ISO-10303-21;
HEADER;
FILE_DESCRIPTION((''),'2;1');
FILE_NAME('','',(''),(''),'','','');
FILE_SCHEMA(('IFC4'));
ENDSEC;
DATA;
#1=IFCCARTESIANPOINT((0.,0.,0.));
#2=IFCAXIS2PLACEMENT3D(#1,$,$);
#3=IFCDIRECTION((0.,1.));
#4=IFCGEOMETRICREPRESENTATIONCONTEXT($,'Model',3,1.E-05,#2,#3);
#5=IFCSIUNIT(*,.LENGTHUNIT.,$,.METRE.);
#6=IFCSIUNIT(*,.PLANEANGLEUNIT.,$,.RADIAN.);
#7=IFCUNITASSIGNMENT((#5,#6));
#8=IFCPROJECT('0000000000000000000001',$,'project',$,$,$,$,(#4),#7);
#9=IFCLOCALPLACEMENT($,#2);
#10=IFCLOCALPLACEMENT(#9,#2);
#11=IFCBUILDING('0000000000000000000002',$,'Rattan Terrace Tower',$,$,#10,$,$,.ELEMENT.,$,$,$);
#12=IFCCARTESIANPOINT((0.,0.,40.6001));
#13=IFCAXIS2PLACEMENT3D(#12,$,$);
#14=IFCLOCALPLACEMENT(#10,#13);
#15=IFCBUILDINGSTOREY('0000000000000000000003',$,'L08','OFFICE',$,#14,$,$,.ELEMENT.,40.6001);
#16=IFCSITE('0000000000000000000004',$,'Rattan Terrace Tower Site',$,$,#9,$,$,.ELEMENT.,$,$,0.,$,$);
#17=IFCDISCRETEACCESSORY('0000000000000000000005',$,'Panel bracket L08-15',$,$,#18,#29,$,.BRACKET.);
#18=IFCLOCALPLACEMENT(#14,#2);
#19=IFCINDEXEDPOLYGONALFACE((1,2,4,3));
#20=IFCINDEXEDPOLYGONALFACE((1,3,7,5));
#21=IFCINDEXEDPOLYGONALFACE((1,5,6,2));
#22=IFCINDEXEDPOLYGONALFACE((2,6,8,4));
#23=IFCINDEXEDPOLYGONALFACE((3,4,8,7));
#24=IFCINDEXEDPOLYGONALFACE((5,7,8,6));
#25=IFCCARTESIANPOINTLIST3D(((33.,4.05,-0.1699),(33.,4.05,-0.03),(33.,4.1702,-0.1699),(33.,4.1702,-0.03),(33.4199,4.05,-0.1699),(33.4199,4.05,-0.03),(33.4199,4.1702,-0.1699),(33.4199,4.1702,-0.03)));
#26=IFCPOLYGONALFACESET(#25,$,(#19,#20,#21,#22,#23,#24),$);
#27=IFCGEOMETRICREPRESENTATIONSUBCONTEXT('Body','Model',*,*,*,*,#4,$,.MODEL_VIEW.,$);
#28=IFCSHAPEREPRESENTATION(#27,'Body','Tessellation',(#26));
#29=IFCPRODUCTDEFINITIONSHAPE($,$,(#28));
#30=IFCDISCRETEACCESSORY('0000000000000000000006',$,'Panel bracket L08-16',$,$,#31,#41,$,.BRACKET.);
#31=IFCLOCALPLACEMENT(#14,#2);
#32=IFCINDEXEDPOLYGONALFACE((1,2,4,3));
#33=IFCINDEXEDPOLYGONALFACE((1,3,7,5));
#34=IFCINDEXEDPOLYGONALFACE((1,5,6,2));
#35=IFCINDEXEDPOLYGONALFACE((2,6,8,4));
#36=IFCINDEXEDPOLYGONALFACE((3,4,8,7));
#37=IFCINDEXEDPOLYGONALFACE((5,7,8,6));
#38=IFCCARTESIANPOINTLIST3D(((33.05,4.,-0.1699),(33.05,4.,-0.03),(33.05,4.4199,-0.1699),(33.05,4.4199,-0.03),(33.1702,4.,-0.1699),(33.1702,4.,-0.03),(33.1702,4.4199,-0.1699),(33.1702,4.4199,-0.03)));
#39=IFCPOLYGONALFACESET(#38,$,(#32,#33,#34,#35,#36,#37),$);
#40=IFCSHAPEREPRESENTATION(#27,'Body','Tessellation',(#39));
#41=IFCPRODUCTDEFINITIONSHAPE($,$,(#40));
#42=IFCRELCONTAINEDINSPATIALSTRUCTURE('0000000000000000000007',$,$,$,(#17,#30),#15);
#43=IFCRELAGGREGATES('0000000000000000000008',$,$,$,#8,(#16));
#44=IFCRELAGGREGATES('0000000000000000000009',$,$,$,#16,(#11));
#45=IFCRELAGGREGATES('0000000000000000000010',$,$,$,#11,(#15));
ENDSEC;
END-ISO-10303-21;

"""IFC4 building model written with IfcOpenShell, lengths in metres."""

from ifc_helpers import new_model, si_unit, direction, frame, origin, origin_2d, place, context, subcontext, project, spatial, rectangle, extrude, element, save


model = new_model("IFC4")

# Units and contexts
model_context = context("Model", 3, precision=1e-05, world=origin(), true_north=direction((0.0, 1.0)))
body_context = subcontext(model_context, "Body", "Model", "MODEL_VIEW")
ifc_project = project(units=[si_unit("LENGTHUNIT", "METRE"), si_unit("PLANEANGLEUNIT", "RADIAN")], contexts=[model_context])

# Site, building, storey
site_placement = place(None, origin())
site = spatial("IfcSite", under=ifc_project, at=site_placement, Name="Rattan Terrace Tower Site", CompositionType="ELEMENT", RefElevation=0.0)
building_placement = place(site_placement, origin())
building = spatial("IfcBuilding", under=site, at=building_placement, Name="Rattan Terrace Tower", CompositionType="ELEMENT")
storey_placement = place(building_placement, frame((0.0, 0.0, 40.6001)))
storey = spatial("IfcBuildingStorey", under=building, at=storey_placement, Name="L08", Description="OFFICE", CompositionType="ELEMENT", Elevation=40.6001)

# Discrete accessories
for number, where, z_axis, x_axis, name in (
    (1, (33.21, 4.1101, -0.1699), (0.0, 0.0, 1.0), (0.0, 1.0, 0.0), "Panel bracket L08-15"),
    (2, (33.1101, 4.21, -0.1699), (0.0, 0.0, 1.0), (-1.0, 0.0, 0.0), "Panel bracket L08-16"),
):
    element("IfcDiscreteAccessory", number, at=place(storey_placement, frame(where, z_axis=z_axis, x_axis=x_axis)), inside=storey, Name=name, PredefinedType="BRACKET", context=body_context, shape_type="SweptSolid", body=[
        extrude(rectangle(XDim=0.1201, YDim=0.4199, at=origin_2d()), origin(), (0.0, 0.0, 1.0), 0.1399),
    ])

save(model, "model.ifc")
